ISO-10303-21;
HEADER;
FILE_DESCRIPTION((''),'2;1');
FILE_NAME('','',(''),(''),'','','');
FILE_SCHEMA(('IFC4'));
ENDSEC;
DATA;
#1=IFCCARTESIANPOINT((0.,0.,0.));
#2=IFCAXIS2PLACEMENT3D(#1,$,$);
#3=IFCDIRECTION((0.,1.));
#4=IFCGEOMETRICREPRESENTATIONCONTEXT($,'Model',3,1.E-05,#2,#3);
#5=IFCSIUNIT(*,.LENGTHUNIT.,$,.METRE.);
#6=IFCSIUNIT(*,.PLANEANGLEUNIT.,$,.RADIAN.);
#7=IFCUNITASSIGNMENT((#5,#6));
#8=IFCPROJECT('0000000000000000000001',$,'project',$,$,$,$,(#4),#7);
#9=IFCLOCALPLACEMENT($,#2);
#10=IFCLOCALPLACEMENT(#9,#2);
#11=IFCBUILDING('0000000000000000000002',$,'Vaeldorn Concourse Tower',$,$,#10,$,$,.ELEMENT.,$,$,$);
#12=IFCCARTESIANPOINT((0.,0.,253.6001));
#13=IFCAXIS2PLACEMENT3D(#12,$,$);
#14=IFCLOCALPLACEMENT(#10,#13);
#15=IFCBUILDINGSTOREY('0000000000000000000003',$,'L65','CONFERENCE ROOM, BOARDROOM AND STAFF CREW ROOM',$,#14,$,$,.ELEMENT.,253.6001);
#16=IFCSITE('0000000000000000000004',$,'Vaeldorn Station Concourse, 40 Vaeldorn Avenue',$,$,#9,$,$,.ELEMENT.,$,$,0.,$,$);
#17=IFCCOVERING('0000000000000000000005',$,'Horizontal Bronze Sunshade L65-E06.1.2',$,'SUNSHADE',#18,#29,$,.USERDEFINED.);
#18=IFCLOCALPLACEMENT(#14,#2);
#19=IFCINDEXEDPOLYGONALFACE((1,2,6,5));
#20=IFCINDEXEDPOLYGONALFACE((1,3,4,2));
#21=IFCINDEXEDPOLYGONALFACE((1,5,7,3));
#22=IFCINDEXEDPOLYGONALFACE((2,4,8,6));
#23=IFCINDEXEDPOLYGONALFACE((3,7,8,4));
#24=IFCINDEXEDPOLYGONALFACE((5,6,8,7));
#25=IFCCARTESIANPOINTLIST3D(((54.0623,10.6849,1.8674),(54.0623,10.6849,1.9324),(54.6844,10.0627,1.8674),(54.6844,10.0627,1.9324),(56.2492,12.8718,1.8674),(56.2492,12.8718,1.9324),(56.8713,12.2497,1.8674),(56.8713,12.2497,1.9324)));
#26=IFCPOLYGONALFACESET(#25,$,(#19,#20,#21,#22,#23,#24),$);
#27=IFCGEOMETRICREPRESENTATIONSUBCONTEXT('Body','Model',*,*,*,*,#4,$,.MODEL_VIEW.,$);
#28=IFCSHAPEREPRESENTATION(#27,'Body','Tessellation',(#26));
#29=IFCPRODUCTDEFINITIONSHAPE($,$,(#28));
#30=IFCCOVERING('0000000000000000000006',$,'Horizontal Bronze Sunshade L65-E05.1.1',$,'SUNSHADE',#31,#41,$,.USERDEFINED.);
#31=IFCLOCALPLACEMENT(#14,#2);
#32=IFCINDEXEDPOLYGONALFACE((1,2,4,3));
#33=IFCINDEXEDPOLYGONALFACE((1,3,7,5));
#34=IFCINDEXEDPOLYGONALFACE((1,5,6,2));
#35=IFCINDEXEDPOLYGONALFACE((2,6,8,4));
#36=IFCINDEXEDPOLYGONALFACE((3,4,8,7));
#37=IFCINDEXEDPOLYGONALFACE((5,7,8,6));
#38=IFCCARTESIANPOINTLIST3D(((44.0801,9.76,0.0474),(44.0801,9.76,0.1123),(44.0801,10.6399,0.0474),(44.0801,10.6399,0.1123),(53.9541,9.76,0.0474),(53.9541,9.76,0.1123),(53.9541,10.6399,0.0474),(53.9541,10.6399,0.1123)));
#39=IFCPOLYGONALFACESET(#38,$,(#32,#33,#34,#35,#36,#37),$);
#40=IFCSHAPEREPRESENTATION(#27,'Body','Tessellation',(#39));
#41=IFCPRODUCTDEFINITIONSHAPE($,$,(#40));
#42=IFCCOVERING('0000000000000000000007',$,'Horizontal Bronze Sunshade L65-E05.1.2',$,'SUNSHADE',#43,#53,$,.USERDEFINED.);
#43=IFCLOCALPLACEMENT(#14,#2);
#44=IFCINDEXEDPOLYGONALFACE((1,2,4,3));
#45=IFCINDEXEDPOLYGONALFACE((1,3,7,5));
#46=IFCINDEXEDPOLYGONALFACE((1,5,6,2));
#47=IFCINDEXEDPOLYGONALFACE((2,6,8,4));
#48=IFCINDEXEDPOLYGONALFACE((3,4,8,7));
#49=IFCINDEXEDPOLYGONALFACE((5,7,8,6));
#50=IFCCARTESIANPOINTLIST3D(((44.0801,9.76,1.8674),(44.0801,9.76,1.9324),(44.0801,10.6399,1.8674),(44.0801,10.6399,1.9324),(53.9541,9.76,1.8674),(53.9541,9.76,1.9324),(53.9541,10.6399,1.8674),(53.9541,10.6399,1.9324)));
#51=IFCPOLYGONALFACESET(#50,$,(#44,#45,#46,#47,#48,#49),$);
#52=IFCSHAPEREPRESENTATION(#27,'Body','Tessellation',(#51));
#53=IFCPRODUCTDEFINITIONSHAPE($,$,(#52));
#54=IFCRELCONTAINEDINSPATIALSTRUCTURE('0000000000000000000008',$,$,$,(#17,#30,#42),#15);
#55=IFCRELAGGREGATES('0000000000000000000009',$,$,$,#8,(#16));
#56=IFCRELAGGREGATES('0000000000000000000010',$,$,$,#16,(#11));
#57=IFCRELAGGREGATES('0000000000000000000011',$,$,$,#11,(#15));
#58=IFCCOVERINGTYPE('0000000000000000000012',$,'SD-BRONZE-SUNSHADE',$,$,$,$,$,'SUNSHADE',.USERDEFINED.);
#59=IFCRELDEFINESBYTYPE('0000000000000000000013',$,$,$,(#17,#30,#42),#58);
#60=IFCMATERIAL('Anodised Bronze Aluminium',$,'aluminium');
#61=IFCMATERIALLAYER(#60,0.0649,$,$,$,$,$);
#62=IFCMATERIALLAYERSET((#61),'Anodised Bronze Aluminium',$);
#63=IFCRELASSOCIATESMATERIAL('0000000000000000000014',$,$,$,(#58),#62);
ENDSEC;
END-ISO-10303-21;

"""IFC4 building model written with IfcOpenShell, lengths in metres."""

from ifc_helpers import new_model, si_unit, direction, frame, origin, origin_2d, place, context, subcontext, project, spatial, rectangle, extrude, source, transform, mapped, material, layer, layer_set, type_object, element, save


model = new_model("IFC4")

# Units and contexts
model_context = context("Model", 3, precision=1e-05, world=origin(), true_north=direction((0.0, 1.0)))
body_context = subcontext(model_context, "Body", "Model", "MODEL_VIEW")
ifc_project = project(units=[si_unit("LENGTHUNIT", "METRE"), si_unit("PLANEANGLEUNIT", "RADIAN")], contexts=[model_context])

# Site, building, storey
site_placement = place(None, origin())
site = spatial("IfcSite", under=ifc_project, at=site_placement, Name="Vaeldorn Station Concourse, 40 Vaeldorn Avenue", CompositionType="ELEMENT", RefElevation=0.0)
building_placement = place(site_placement, origin())
building = spatial("IfcBuilding", under=site, at=building_placement, Name="Vaeldorn Concourse Tower", CompositionType="ELEMENT")
storey_placement = place(building_placement, frame((0.0, 0.0, 253.6001)))
storey = spatial("IfcBuildingStorey", under=building, at=storey_placement, Name="L65", Description="CONFERENCE ROOM, BOARDROOM AND STAFF CREW ROOM", CompositionType="ELEMENT", Elevation=253.6001)

# Shared definitions
ifc_material_1 = material(Name="Anodised Bronze Aluminium", Category="aluminium")

# Coverings
ifc_layer_1 = layer(ifc_material_1, 0.0649)
ifc_layer_set_1 = layer_set([ifc_layer_1], Name="Anodised Bronze Aluminium")
covering_type = type_object("IfcCoveringType", Name="SD-BRONZE-SUNSHADE", ElementType="SUNSHADE", PredefinedType="USERDEFINED", material=ifc_layer_set_1)
shared_shape_1 = source(origin(), body_context, "Body", "SweptSolid", [
    extrude(rectangle(XDim=3.0928, YDim=0.8799, at=origin_2d()), origin(), (0.0, 0.0, 1.0), 0.0649),
])
for number, where, z_axis, x_axis, name in (
    (1, (55.4668, 11.4673, 1.8674), (0.0, 0.0, 1.0), (0.707107, 0.707107, 0.0), "Horizontal Bronze Sunshade L65-E06.1.2"),
):
    element("IfcCovering", number, at=place(storey_placement, frame(where, z_axis=z_axis, x_axis=x_axis)), inside=storey, type_object=covering_type, Name=name, ObjectType="SUNSHADE", PredefinedType="USERDEFINED", context=body_context, shape_type="MappedRepresentation", body=[
        mapped(shared_shape_1, transform((0.0, 0.0, 0.0), scale=1.0)),
    ])
shared_shape_2 = source(origin(), body_context, "Body", "SweptSolid", [
    extrude(rectangle(XDim=9.874, YDim=0.8799, at=origin_2d()), origin(), (0.0, 0.0, 1.0), 0.0649),
])
for number, where, z_axis, x_axis, name in (
    (2, (49.0171, 10.2, 0.0474), (0.0, 0.0, 1.0), (1.0, 0.0, 0.0), "Horizontal Bronze Sunshade L65-E05.1.1"),
    (3, (49.0171, 10.2, 1.8674), (0.0, 0.0, 1.0), (1.0, 0.0, 0.0), "Horizontal Bronze Sunshade L65-E05.1.2"),
):
    element("IfcCovering", number, at=place(storey_placement, frame(where, z_axis=z_axis, x_axis=x_axis)), inside=storey, type_object=covering_type, Name=name, ObjectType="SUNSHADE", PredefinedType="USERDEFINED", context=body_context, shape_type="MappedRepresentation", body=[
        mapped(shared_shape_2, transform((0.0, 0.0, 0.0), scale=1.0)),
    ])

save(model, "model.ifc")
